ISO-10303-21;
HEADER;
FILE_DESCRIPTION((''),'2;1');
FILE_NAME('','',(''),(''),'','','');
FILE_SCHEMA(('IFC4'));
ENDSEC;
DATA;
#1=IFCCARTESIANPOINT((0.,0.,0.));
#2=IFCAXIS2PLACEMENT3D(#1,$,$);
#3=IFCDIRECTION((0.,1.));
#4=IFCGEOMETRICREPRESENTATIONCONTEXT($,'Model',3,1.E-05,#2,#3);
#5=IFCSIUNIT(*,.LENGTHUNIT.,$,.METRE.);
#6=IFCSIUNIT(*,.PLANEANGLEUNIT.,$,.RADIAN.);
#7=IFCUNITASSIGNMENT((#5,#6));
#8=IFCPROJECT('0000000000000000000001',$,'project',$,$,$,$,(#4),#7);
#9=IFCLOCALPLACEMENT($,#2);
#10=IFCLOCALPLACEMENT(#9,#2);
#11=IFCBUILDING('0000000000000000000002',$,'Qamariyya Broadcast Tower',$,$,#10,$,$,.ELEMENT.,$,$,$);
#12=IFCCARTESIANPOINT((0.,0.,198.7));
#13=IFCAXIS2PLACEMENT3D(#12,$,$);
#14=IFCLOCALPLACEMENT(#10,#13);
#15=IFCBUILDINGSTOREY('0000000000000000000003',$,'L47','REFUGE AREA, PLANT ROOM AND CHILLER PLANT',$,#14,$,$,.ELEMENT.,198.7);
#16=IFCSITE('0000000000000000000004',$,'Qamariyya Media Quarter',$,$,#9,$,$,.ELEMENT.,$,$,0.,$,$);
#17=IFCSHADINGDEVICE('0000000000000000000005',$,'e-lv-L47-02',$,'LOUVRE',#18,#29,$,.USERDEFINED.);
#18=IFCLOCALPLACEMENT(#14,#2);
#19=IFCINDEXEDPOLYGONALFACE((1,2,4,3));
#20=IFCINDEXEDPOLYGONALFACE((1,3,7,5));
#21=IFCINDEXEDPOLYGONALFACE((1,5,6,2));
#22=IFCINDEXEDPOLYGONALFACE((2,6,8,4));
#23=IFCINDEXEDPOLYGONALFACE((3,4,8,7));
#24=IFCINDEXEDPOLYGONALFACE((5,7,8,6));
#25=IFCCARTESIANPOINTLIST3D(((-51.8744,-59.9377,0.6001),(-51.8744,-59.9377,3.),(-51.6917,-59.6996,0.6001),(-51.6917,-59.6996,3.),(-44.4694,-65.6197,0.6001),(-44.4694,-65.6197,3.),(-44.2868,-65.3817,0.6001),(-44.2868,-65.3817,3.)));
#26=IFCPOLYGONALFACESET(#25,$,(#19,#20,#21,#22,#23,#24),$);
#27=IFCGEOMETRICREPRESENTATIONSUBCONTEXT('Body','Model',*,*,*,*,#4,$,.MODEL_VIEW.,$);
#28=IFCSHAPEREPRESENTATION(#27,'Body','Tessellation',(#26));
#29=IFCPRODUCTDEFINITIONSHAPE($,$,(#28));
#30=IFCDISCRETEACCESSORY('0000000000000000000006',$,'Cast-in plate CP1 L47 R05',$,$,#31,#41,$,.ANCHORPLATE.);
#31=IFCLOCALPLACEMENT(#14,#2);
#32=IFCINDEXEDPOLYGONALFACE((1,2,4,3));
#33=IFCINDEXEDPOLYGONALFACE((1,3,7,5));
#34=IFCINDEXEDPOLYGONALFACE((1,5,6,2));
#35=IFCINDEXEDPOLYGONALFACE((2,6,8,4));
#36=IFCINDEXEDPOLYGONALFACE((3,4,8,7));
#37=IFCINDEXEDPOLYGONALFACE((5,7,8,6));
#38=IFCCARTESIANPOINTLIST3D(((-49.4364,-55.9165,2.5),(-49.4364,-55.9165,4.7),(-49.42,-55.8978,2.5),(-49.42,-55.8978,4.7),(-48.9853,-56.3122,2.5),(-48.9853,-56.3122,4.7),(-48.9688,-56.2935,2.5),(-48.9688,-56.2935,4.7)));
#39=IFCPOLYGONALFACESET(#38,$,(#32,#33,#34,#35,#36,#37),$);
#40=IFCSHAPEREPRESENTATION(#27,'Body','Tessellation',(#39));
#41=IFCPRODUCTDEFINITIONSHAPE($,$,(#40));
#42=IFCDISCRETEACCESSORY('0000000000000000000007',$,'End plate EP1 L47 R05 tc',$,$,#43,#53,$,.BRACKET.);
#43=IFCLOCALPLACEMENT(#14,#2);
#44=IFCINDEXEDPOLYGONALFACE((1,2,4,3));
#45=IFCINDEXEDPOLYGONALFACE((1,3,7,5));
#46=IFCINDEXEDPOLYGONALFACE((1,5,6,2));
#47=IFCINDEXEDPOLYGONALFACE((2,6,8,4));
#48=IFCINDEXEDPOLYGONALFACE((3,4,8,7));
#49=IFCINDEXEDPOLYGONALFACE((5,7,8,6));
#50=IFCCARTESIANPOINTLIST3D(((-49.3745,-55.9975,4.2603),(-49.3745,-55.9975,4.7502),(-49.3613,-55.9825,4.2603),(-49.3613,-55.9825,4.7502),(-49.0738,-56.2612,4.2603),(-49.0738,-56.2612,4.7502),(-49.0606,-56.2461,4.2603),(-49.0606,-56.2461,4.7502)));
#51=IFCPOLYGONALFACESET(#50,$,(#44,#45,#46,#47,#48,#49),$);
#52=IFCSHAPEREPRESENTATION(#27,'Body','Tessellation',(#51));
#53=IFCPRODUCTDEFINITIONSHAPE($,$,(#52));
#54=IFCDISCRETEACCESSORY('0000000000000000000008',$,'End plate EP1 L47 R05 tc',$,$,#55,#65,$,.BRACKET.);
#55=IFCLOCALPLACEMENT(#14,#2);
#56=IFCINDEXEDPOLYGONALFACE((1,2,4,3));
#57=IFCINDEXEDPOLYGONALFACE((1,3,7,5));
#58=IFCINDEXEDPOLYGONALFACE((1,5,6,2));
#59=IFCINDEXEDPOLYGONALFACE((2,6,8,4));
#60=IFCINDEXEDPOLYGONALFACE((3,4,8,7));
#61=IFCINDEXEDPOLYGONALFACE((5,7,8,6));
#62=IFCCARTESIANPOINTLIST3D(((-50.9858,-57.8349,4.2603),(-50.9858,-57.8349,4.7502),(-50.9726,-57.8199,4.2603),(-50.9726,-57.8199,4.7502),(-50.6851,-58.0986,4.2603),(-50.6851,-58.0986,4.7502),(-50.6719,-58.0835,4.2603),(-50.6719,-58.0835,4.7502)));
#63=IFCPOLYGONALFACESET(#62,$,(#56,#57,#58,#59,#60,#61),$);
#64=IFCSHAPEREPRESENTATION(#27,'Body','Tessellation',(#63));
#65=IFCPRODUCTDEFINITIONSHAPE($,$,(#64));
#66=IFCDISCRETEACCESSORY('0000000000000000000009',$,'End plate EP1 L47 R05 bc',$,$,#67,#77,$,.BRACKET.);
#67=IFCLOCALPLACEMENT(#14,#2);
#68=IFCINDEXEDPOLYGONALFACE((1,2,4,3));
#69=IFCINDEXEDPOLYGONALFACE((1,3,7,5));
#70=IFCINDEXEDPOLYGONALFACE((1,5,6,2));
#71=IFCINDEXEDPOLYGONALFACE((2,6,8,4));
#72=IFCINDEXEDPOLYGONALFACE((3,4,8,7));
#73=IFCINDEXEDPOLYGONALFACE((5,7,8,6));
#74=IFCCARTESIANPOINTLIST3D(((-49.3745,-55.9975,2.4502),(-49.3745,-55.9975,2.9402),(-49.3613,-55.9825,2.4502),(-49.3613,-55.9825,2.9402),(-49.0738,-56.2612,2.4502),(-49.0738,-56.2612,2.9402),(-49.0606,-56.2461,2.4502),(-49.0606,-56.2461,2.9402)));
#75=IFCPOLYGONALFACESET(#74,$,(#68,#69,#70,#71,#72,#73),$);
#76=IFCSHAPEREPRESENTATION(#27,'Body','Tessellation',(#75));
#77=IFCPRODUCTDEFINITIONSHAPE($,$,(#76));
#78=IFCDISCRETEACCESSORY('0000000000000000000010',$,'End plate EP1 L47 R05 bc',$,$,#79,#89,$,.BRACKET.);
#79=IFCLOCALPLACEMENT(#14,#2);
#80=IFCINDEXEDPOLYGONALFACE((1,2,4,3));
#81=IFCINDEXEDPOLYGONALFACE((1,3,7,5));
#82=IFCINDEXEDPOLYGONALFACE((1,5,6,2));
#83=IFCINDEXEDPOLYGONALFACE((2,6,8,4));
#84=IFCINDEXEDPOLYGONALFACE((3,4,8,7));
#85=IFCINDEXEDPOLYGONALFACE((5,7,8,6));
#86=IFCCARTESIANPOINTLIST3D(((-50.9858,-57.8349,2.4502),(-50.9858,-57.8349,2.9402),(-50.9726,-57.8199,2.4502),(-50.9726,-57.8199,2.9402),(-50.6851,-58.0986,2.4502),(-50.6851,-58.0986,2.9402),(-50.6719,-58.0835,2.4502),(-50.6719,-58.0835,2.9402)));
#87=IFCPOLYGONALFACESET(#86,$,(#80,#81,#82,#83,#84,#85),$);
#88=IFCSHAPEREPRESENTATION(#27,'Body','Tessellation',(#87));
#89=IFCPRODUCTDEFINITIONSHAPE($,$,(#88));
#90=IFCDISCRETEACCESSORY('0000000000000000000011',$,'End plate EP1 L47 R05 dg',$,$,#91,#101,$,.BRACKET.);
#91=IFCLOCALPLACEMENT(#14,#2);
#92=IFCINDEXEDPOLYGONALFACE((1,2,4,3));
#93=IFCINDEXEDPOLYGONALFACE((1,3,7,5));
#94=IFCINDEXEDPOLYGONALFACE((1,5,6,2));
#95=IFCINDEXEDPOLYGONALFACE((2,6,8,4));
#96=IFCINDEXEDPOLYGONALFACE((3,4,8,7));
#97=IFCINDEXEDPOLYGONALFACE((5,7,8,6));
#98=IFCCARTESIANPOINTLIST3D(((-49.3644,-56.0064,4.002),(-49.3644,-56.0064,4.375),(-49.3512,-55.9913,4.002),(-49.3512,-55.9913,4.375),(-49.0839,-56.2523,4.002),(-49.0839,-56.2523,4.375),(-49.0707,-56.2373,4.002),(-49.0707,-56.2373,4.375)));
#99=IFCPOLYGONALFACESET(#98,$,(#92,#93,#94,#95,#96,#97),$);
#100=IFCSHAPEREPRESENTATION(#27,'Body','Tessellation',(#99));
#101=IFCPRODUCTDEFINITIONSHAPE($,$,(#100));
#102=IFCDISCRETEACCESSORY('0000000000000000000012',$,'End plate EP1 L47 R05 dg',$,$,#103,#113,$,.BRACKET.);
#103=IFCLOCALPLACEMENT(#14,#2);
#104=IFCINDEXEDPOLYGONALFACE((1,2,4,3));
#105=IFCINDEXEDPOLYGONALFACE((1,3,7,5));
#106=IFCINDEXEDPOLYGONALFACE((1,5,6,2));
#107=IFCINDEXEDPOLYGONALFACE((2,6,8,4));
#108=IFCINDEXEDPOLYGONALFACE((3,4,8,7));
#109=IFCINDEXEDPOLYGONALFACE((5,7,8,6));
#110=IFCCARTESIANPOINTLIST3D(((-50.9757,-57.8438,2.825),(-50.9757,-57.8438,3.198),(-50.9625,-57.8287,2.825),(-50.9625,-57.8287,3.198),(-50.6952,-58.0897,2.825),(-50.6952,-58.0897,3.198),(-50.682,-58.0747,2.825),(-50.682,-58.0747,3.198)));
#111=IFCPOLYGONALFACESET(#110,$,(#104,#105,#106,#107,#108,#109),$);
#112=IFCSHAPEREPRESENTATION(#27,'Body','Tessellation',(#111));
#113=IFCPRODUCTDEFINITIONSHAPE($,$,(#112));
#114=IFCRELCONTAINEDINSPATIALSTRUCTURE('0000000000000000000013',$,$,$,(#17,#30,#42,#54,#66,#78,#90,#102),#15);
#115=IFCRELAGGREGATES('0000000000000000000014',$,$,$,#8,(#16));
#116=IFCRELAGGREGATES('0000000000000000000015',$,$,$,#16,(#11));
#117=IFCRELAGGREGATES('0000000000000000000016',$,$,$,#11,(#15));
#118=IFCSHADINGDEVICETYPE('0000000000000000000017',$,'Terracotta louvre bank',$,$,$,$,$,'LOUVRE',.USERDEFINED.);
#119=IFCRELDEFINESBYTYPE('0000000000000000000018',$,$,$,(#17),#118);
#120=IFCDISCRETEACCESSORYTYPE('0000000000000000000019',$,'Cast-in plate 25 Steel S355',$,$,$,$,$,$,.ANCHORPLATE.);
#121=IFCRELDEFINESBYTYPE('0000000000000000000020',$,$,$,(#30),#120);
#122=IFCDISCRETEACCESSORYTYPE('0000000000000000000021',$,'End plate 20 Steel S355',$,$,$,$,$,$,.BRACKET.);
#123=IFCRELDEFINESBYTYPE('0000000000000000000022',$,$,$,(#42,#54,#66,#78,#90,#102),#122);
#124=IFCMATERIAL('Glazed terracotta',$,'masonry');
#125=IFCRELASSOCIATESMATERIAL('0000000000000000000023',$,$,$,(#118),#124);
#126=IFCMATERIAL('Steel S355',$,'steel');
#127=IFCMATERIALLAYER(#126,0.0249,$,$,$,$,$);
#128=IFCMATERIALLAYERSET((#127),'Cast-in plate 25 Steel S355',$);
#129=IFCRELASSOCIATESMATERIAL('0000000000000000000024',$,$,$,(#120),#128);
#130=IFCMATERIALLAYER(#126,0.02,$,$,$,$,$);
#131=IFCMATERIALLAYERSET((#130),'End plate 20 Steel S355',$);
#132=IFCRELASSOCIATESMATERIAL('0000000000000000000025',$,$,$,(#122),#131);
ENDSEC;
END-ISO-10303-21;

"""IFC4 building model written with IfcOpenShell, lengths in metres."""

from ifc_helpers import new_model, si_unit, direction, frame, origin, origin_2d, place, context, subcontext, project, spatial, rectangle, extrude, material, layer, layer_set, type_object, element, save


model = new_model("IFC4")

# Units and contexts
model_context = context("Model", 3, precision=1e-05, world=origin(), true_north=direction((0.0, 1.0)))
body_context = subcontext(model_context, "Body", "Model", "MODEL_VIEW")
ifc_project = project(units=[si_unit("LENGTHUNIT", "METRE"), si_unit("PLANEANGLEUNIT", "RADIAN")], contexts=[model_context])

# Site, building, storey
site_placement = place(None, origin())
site = spatial("IfcSite", under=ifc_project, at=site_placement, Name="Qamariyya Media Quarter", CompositionType="ELEMENT", RefElevation=0.0)
building_placement = place(site_placement, origin())
building = spatial("IfcBuilding", under=site, at=building_placement, Name="Qamariyya Broadcast Tower", CompositionType="ELEMENT")
storey_placement = place(building_placement, frame((0.0, 0.0, 198.7)))
storey = spatial("IfcBuildingStorey", under=building, at=storey_placement, Name="L47", Description="REFUGE AREA, PLANT ROOM AND CHILLER PLANT", CompositionType="ELEMENT", Elevation=198.7)

# Shared definitions
ifc_material_1 = material(Name="Steel S355", Category="steel")

# Shading device
ifc_material_2 = material(Name="Glazed terracotta", Category="masonry")
shading_device_type = type_object("IfcShadingDeviceType", Name="Terracotta louvre bank", ElementType="LOUVRE", PredefinedType="USERDEFINED", material=ifc_material_2)
shading_device_placement = place(storey_placement, frame((-48.0806, -62.6597, 0.6001), z_axis=(0.0, 0.0, 1.0), x_axis=(0.793353, -0.608761, 0.0)))
element("IfcShadingDevice", 1, at=shading_device_placement, inside=storey, type_object=shading_device_type, Name="e-lv-L47-02", ObjectType="LOUVRE", PredefinedType="USERDEFINED", context=body_context, shape_type="SweptSolid", body=[
    extrude(rectangle(XDim=9.3337, YDim=0.3, at=origin_2d()), origin(), (0.0, 0.0, 1.0), 2.3999),
])

# Discrete accessories
ifc_layer_1 = layer(ifc_material_1, 0.0249)
ifc_layer_set_1 = layer_set([ifc_layer_1], Name="Cast-in plate 25 Steel S355")
discrete_accessory_type_1 = type_object("IfcDiscreteAccessoryType", Name="Cast-in plate 25 Steel S355", PredefinedType="ANCHORPLATE", material=ifc_layer_set_1)
discrete_accessory_placement = place(storey_placement, frame((-49.2026, -56.105, 2.5), z_axis=(0.0, 0.0, 1.0), x_axis=(-0.75184, 0.659346, 0.0)))
element("IfcDiscreteAccessory", 2, at=discrete_accessory_placement, inside=storey, type_object=discrete_accessory_type_1, Name="Cast-in plate CP1 L47 R05", PredefinedType="ANCHORPLATE", context=body_context, shape_type="SweptSolid", body=[
    extrude(rectangle(XDim=0.6001, YDim=0.0249, at=origin_2d()), origin(), (0.0, 0.0, 1.0), 2.2),
])
ifc_layer_2 = layer(ifc_material_1, 0.02)
ifc_layer_set_2 = layer_set([ifc_layer_2], Name="End plate 20 Steel S355")
discrete_accessory_type_2 = type_object("IfcDiscreteAccessoryType", Name="End plate 20 Steel S355", PredefinedType="BRACKET", material=ifc_layer_set_2)
for number, where, z_axis, x_axis, name in (
    (3, (-49.2175, -56.1218, 4.2603), (0.0, 0.0, 1.0), (-0.75184, 0.659346, 0.0), "End plate EP1 L47 R05 tc"),
    (4, (-50.8289, -57.9592, 4.2603), (0.0, 0.0, 1.0), (-0.75184, 0.659346, 0.0), "End plate EP1 L47 R05 tc"),
    (5, (-49.2175, -56.1218, 2.4502), (0.0, 0.0, 1.0), (-0.75184, 0.659346, 0.0), "End plate EP1 L47 R05 bc"),
    (6, (-50.8289, -57.9592, 2.4502), (0.0, 0.0, 1.0), (-0.75184, 0.659346, 0.0), "End plate EP1 L47 R05 bc"),
):
    element("IfcDiscreteAccessory", number, at=place(storey_placement, frame(where, z_axis=z_axis, x_axis=x_axis)), inside=storey, type_object=discrete_accessory_type_2, Name=name, PredefinedType="BRACKET", context=body_context, shape_type="SweptSolid", body=[
        extrude(rectangle(XDim=0.3999, YDim=0.02, at=origin_2d()), origin(), (0.0, 0.0, 1.0), 0.49),
    ])
for number, where, z_axis, x_axis, name in (
    (7, (-49.2175, -56.1218, 4.002), (0.0, 0.0, 1.0), (-0.75184, 0.659346, 0.0), "End plate EP1 L47 R05 dg"),
    (8, (-50.8289, -57.9592, 2.825), (0.0, 0.0, 1.0), (-0.75184, 0.659346, 0.0), "End plate EP1 L47 R05 dg"),
):
    element("IfcDiscreteAccessory", number, at=place(storey_placement, frame(where, z_axis=z_axis, x_axis=x_axis)), inside=storey, type_object=discrete_accessory_type_2, Name=name, PredefinedType="BRACKET", context=body_context, shape_type="SweptSolid", body=[
        extrude(rectangle(XDim=0.373, YDim=0.02, at=origin_2d()), origin(), (0.0, 0.0, 1.0), 0.373),
    ])

save(model, "model.ifc")
